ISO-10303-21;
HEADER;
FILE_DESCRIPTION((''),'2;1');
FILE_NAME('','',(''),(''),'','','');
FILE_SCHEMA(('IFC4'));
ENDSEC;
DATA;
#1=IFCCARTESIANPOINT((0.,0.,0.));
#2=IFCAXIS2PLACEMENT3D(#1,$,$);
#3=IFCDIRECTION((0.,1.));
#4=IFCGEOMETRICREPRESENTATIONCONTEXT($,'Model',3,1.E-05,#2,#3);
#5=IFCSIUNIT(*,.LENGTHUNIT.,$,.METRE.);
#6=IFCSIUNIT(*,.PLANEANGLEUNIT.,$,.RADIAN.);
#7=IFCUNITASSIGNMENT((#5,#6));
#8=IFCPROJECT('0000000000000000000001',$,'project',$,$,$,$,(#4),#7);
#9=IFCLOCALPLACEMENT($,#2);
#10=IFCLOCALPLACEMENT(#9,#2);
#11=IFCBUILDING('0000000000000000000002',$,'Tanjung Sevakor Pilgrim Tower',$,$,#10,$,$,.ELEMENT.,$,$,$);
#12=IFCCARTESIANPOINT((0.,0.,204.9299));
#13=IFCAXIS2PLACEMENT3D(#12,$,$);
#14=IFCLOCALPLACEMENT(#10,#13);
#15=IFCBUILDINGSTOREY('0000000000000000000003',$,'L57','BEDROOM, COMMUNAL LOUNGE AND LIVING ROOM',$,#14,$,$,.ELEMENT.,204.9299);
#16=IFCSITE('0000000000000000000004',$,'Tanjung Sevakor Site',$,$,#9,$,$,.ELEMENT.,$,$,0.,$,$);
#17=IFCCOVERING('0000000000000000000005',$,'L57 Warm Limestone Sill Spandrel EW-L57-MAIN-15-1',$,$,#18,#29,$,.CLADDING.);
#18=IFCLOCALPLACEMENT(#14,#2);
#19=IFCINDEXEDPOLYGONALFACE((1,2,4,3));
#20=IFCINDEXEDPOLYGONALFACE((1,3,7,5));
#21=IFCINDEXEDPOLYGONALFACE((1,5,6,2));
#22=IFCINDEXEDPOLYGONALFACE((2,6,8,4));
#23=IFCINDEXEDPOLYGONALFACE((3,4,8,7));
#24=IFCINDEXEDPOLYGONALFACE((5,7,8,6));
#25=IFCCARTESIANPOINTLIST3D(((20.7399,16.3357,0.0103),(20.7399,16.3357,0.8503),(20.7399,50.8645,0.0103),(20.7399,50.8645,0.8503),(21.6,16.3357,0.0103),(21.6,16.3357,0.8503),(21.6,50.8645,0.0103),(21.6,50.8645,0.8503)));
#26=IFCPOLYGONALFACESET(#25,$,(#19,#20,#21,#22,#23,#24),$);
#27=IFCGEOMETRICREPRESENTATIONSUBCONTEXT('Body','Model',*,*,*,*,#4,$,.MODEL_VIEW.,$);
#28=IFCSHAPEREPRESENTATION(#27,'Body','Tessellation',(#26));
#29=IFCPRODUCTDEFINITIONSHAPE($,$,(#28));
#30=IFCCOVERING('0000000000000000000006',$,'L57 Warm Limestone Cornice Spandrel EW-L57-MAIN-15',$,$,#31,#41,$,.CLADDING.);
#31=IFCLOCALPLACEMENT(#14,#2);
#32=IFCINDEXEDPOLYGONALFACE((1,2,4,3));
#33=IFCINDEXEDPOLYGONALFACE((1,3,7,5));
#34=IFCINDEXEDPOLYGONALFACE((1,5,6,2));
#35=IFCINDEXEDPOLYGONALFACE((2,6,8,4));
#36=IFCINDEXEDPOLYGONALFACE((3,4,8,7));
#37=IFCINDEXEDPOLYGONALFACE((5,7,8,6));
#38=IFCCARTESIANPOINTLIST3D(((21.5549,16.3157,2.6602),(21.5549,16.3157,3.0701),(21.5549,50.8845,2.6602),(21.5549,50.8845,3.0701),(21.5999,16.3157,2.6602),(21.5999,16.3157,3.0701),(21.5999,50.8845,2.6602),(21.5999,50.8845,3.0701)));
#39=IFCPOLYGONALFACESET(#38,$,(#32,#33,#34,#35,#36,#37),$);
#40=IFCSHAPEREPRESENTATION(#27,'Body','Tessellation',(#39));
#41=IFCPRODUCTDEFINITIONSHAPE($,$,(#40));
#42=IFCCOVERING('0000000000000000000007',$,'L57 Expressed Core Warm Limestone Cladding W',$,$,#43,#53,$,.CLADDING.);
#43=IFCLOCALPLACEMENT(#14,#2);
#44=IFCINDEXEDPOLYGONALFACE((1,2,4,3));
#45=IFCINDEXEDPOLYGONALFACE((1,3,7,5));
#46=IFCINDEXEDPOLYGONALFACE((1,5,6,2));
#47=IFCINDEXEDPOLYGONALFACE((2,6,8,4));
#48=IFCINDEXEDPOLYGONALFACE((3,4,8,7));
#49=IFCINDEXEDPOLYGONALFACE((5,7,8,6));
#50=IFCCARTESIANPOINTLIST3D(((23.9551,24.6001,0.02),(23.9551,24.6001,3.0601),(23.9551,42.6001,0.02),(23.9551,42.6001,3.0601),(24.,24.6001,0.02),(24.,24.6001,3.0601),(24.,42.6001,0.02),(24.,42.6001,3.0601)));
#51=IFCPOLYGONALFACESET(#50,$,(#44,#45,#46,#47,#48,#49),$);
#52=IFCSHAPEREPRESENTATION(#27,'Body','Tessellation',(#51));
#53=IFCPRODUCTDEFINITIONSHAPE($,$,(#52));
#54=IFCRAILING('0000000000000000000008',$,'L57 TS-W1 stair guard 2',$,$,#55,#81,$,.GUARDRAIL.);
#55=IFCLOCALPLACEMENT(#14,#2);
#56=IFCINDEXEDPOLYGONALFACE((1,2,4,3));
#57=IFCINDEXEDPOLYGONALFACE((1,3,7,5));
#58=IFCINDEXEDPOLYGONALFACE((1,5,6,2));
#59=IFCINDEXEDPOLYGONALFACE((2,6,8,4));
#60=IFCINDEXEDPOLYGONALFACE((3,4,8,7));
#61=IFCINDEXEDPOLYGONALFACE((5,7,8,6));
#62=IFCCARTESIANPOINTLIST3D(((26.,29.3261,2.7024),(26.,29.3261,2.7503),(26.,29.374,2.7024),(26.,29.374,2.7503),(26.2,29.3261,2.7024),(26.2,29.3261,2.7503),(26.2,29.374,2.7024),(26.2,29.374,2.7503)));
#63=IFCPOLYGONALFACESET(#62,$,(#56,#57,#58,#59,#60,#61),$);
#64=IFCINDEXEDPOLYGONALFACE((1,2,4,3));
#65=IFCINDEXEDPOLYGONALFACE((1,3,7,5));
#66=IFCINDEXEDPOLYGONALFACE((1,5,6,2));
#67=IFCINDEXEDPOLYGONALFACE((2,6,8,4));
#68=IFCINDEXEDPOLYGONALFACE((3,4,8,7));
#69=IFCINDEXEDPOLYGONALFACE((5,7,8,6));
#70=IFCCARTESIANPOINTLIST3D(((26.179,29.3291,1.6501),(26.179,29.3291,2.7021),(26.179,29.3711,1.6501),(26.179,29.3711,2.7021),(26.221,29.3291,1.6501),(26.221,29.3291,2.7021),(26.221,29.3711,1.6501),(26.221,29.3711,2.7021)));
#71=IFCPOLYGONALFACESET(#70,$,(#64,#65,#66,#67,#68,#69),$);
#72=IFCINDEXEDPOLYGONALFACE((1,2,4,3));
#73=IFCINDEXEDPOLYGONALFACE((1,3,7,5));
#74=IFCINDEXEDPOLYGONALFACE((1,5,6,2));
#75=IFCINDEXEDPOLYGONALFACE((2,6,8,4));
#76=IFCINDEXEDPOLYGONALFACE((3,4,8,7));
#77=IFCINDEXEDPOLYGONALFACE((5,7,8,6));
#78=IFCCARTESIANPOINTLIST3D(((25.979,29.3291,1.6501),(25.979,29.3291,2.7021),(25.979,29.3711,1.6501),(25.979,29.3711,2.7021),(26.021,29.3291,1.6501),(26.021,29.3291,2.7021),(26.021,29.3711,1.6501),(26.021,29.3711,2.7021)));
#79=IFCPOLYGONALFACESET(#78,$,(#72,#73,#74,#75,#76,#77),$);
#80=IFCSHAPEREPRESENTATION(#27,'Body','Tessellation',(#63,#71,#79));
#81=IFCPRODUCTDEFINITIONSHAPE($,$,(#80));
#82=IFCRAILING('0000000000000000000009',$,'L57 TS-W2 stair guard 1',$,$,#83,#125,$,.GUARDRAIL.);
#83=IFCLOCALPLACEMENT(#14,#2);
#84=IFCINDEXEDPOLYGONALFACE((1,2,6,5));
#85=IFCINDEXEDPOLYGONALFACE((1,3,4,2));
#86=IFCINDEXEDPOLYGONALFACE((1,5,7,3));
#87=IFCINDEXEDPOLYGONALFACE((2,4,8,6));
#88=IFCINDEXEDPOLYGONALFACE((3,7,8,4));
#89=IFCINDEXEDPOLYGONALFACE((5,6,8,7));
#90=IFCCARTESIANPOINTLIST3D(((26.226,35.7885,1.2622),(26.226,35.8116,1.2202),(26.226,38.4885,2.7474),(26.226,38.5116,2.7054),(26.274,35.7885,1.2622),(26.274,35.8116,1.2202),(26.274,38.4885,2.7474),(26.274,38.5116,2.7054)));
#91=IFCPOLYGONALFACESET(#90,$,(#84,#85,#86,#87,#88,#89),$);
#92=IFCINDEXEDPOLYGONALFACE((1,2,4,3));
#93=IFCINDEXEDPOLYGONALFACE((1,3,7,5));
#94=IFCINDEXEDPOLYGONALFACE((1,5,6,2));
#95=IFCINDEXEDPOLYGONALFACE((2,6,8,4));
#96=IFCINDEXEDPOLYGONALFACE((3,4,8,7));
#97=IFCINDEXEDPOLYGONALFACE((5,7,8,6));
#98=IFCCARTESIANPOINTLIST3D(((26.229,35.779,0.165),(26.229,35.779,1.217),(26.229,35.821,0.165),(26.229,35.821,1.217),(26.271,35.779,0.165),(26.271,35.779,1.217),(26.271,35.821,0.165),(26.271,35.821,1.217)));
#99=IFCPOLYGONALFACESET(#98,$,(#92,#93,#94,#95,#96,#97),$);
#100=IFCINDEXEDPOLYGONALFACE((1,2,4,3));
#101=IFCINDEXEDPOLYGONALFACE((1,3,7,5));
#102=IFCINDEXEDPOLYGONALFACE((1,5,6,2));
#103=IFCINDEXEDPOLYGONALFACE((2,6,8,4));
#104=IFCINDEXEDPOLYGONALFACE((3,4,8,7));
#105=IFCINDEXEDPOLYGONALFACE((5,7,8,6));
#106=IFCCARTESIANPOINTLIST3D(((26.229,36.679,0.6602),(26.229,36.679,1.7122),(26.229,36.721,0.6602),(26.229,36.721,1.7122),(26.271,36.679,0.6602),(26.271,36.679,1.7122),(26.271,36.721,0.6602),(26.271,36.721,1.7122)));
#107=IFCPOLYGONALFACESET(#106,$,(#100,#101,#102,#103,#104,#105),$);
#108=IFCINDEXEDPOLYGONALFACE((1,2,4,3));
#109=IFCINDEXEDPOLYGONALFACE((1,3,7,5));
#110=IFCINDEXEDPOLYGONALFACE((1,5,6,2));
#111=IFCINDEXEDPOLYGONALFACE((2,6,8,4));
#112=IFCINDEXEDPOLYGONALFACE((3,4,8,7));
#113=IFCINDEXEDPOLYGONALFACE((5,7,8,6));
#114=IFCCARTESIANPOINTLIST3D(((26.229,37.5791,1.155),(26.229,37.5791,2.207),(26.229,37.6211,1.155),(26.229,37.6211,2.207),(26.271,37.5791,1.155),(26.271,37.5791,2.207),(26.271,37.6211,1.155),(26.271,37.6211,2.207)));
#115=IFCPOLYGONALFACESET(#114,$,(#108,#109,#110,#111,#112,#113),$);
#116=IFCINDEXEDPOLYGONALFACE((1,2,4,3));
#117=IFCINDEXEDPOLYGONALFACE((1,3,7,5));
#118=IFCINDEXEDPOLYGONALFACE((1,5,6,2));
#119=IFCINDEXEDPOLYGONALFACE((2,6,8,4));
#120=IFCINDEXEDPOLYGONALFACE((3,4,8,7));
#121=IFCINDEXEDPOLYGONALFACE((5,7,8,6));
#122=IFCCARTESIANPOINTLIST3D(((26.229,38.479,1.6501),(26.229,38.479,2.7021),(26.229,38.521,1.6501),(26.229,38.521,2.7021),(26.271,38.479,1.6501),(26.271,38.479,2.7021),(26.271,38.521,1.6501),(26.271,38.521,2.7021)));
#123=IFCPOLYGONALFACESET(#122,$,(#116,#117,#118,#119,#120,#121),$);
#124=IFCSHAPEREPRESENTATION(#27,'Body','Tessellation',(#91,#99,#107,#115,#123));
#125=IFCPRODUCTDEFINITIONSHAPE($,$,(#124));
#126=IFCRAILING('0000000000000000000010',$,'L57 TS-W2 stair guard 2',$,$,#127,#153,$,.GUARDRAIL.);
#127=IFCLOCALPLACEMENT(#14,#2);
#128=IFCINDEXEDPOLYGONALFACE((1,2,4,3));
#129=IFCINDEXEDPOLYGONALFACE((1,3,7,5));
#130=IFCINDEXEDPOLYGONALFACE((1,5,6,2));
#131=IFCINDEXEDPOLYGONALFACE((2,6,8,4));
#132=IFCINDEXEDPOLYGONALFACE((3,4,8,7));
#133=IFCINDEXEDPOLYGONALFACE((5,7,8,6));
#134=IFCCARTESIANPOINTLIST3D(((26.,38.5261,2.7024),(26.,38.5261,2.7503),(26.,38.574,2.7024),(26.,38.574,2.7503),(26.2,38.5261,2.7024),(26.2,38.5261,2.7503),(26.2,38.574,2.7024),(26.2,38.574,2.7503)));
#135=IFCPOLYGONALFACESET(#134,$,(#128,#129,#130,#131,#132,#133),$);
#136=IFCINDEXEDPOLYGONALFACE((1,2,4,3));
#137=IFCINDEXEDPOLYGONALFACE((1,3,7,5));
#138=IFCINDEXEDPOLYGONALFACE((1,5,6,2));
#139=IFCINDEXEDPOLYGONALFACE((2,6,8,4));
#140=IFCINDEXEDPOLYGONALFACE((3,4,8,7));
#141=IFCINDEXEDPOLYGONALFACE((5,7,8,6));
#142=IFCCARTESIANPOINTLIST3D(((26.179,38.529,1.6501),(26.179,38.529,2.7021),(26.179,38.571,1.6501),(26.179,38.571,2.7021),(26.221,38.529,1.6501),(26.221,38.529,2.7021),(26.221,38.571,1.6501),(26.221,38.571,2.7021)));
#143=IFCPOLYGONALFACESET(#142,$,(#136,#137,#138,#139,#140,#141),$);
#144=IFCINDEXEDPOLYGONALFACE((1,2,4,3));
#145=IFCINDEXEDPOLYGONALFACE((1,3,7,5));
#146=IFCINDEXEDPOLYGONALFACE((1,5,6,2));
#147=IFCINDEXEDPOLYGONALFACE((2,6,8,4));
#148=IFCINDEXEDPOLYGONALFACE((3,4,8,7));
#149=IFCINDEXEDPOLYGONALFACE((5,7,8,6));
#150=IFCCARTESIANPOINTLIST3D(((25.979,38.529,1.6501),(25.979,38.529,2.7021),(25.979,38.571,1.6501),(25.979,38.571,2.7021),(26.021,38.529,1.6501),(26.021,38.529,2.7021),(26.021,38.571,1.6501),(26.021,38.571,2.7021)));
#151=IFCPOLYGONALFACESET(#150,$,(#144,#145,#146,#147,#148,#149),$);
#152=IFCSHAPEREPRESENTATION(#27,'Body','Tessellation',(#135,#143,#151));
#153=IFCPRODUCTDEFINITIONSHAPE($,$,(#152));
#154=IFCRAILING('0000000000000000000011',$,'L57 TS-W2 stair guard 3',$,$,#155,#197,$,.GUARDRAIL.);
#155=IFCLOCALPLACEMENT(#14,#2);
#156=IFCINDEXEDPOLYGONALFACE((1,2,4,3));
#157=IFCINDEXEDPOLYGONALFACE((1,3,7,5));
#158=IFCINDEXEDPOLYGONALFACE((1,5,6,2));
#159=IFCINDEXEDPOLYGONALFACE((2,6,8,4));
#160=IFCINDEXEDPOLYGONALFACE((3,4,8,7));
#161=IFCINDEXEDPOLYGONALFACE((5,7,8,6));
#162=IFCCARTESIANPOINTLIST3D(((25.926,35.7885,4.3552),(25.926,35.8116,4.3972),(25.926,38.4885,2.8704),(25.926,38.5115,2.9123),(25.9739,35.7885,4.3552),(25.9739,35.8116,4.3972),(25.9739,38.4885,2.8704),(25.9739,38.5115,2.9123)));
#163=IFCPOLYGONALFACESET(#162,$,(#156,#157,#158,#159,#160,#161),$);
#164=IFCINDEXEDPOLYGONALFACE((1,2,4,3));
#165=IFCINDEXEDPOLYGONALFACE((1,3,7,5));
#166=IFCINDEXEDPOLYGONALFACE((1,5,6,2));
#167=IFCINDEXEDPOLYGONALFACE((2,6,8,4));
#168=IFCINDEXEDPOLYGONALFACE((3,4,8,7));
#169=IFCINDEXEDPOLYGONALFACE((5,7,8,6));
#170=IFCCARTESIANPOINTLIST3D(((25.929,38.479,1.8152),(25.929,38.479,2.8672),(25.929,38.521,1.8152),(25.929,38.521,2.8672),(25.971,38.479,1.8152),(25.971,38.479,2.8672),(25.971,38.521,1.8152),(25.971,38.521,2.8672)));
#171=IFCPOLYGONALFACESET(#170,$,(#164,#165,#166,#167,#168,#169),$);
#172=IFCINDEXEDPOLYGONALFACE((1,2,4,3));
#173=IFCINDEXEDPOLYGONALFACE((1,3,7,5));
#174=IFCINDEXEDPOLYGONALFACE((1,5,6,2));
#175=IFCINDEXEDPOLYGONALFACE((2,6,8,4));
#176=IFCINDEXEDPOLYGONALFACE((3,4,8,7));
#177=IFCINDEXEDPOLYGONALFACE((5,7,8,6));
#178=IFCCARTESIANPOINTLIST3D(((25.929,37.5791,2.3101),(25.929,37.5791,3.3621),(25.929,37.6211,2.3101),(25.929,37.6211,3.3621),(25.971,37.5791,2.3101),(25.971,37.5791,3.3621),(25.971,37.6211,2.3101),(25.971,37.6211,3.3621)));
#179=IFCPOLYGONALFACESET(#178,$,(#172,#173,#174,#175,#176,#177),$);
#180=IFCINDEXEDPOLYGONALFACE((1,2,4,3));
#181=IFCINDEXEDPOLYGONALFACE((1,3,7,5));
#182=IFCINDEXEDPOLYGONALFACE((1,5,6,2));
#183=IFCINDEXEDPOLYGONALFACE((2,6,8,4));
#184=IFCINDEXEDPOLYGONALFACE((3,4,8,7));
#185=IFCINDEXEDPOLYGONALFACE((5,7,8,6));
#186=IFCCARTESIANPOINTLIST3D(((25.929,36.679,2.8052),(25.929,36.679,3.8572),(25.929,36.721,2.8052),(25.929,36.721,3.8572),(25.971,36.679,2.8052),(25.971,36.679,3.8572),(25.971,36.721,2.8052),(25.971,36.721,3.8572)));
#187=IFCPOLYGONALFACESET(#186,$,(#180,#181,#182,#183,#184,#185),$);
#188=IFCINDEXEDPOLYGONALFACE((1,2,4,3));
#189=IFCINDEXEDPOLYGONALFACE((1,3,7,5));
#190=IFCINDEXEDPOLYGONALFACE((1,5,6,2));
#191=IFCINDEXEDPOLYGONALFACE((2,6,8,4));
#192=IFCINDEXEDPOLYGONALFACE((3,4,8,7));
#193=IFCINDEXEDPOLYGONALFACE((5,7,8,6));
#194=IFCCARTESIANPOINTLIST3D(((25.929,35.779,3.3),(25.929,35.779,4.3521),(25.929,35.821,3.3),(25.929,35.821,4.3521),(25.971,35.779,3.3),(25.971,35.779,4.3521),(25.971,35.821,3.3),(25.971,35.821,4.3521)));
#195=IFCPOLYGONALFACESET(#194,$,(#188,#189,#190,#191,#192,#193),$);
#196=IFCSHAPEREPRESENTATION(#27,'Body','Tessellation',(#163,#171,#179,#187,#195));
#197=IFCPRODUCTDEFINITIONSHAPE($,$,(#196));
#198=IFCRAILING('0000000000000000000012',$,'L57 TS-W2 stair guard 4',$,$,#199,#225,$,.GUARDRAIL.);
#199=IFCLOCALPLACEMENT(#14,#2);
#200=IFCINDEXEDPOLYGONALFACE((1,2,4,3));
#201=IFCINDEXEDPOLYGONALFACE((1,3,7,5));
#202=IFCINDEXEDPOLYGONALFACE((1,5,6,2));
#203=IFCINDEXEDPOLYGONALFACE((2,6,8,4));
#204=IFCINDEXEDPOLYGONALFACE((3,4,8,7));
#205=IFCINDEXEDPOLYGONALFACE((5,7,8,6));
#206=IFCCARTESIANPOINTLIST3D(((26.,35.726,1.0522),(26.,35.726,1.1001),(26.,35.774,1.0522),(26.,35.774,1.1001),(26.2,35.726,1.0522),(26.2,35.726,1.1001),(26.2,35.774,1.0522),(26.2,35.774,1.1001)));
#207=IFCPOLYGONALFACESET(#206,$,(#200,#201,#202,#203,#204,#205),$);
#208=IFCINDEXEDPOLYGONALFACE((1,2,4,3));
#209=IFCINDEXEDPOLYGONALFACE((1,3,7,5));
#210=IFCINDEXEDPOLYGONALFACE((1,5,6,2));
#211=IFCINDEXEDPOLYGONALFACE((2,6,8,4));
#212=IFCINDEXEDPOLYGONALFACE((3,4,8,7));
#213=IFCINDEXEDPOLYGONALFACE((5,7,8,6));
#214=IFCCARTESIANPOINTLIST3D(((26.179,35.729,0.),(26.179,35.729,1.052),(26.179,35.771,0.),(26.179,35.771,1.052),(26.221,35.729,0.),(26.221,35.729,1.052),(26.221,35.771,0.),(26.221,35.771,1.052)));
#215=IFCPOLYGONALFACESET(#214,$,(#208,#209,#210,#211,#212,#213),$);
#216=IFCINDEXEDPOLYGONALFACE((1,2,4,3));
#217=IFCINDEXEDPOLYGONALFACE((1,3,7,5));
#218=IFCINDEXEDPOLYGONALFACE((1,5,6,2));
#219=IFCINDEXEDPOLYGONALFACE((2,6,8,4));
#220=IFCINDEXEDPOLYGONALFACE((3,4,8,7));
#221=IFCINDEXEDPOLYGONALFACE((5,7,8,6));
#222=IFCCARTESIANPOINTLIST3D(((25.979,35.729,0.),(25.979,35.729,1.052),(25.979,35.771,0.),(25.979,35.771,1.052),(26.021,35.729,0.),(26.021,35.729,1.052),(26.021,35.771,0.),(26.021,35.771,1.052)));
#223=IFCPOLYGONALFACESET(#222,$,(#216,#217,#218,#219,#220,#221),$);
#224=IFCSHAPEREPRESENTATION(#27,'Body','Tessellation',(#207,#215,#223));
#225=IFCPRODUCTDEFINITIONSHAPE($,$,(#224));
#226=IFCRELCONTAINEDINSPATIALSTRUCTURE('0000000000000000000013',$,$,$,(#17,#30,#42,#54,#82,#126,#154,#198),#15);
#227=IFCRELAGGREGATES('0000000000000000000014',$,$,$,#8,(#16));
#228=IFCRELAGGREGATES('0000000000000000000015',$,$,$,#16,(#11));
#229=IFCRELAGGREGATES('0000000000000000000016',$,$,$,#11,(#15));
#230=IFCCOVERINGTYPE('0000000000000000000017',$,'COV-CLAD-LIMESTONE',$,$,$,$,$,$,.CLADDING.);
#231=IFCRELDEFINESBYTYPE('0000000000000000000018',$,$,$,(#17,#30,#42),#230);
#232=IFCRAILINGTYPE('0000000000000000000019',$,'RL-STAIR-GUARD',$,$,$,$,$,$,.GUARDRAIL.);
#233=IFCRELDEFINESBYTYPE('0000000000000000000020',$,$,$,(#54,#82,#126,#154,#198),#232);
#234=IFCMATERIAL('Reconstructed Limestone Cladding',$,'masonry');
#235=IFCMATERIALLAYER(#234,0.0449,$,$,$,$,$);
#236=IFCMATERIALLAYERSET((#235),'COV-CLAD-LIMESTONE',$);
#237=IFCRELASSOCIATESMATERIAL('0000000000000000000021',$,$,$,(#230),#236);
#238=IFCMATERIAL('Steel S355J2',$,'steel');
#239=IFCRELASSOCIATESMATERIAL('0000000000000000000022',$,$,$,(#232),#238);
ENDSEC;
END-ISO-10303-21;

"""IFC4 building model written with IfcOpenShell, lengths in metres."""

from ifc_helpers import new_model, si_unit, direction, frame, origin, origin_2d, place, context, subcontext, project, spatial, rectangle, extrude, material, layer, layer_set, type_object, element, save


model = new_model("IFC4")

# Units and contexts
model_context = context("Model", 3, precision=1e-05, world=origin(), true_north=direction((0.0, 1.0)))
body_context = subcontext(model_context, "Body", "Model", "MODEL_VIEW")
ifc_project = project(units=[si_unit("LENGTHUNIT", "METRE"), si_unit("PLANEANGLEUNIT", "RADIAN")], contexts=[model_context])

# Site, building, storey
site_placement = place(None, origin())
site = spatial("IfcSite", under=ifc_project, at=site_placement, Name="Tanjung Sevakor Site", CompositionType="ELEMENT", RefElevation=0.0)
building_placement = place(site_placement, origin())
building = spatial("IfcBuilding", under=site, at=building_placement, Name="Tanjung Sevakor Pilgrim Tower", CompositionType="ELEMENT")
storey_placement = place(building_placement, frame((0.0, 0.0, 204.9299)))
storey = spatial("IfcBuildingStorey", under=building, at=storey_placement, Name="L57", Description="BEDROOM, COMMUNAL LOUNGE AND LIVING ROOM", CompositionType="ELEMENT", Elevation=204.9299)

# Coverings
ifc_material_1 = material(Name="Reconstructed Limestone Cladding", Category="masonry")
ifc_layer_1 = layer(ifc_material_1, 0.0449)
ifc_layer_set_1 = layer_set([ifc_layer_1], Name="COV-CLAD-LIMESTONE")
covering_type = type_object("IfcCoveringType", Name="COV-CLAD-LIMESTONE", PredefinedType="CLADDING", material=ifc_layer_set_1)
covering_1_placement = place(storey_placement, frame((21.1699, 33.6001, 0.0103), z_axis=(0.0, 0.0, 1.0), x_axis=(0.0, -1.0, 0.0)))
element("IfcCovering", 1, at=covering_1_placement, inside=storey, type_object=covering_type, Name="L57 Warm Limestone Sill Spandrel EW-L57-MAIN-15-1", PredefinedType="CLADDING", context=body_context, shape_type="SweptSolid", body=[
    extrude(rectangle(XDim=34.5288, YDim=0.8601, at=origin_2d()), origin(), (0.0, 0.0, 1.0), 0.8401),
])
covering_2_placement = place(storey_placement, frame((21.5774, 33.6001, 2.6602), z_axis=(0.0, 0.0, 1.0), x_axis=(0.0, -1.0, 0.0)))
element("IfcCovering", 2, at=covering_2_placement, inside=storey, type_object=covering_type, Name="L57 Warm Limestone Cornice Spandrel EW-L57-MAIN-15", PredefinedType="CLADDING", context=body_context, shape_type="SweptSolid", body=[
    extrude(rectangle(XDim=34.5688, YDim=0.0449, at=origin_2d()), origin(), (0.0, 0.0, 1.0), 0.4099),
])
covering_3_placement = place(storey_placement, frame((23.9775, 33.6001, 0.02), z_axis=(0.0, 0.0, 1.0), x_axis=(1.0, 0.0, 0.0)))
element("IfcCovering", 3, at=covering_3_placement, inside=storey, type_object=covering_type, Name="L57 Expressed Core Warm Limestone Cladding W", PredefinedType="CLADDING", context=body_context, shape_type="SweptSolid", body=[
    extrude(rectangle(XDim=0.0449, YDim=18.0, at=origin_2d()), origin(), (0.0, 0.0, 1.0), 3.04),
])

# Railings
ifc_material_2 = material(Name="Steel S355J2", Category="steel")
railing_type_1 = type_object("IfcRailingType", Name="RL-STAIR-GUARD", PredefinedType="GUARDRAIL", material=ifc_material_2)
railing_1_placement = place(storey_placement, frame((26.2, 29.3501, 1.6501)))
element("IfcRailing", 4, at=railing_1_placement, inside=storey, type_object=railing_type_1, Name="L57 TS-W1 stair guard 2", PredefinedType="GUARDRAIL", context=body_context, shape_type="SweptSolid", body=[
    extrude(rectangle(XDim=0.0479, YDim=0.0479), frame((0.0, 0.0, 1.0762), z_axis=(-1.0, 0.0, 0.0), x_axis=(0.0, -1.0, 0.0)), (0.0, 0.0, 1.0), 0.2),
    extrude(rectangle(XDim=0.042, YDim=0.042), origin(), (0.0, 0.0, 1.0), 1.052),
    extrude(rectangle(XDim=0.042, YDim=0.042), frame((-0.2, 0.0, 0.0)), (0.0, 0.0, 1.0), 1.052),
])
railing_2_placement = place(storey_placement, frame((26.25, 35.8, 0.165)))
element("IfcRailing", 5, at=railing_2_placement, inside=storey, type_object=railing_type_1, Name="L57 TS-W2 stair guard 1", PredefinedType="GUARDRAIL", context=body_context, shape_type="SweptSolid", body=[
    extrude(rectangle(XDim=0.0479, YDim=0.0479), frame((0.0, 0.0, 1.0762), z_axis=(0.0, 0.876198, 0.481952), x_axis=(-1.0, 0.0, 0.0)), (0.0, 0.0, 1.0), 3.0815),
    extrude(rectangle(XDim=0.042, YDim=0.042), origin(), (0.0, 0.0, 1.0), 1.052),
    extrude(rectangle(XDim=0.042, YDim=0.042), frame((0.0, 0.8999, 0.4951)), (0.0, 0.0, 1.0), 1.052),
    extrude(rectangle(XDim=0.042, YDim=0.042), frame((0.0, 1.8, 0.99)), (0.0, 0.0, 1.0), 1.052),
    extrude(rectangle(XDim=0.042, YDim=0.042), frame((0.0, 2.7, 1.4851)), (0.0, 0.0, 1.0), 1.052),
])
railing_3_placement = place(storey_placement, frame((26.2, 38.55, 1.6501)))
element("IfcRailing", 6, at=railing_3_placement, inside=storey, type_object=railing_type_1, Name="L57 TS-W2 stair guard 2", PredefinedType="GUARDRAIL", context=body_context, shape_type="SweptSolid", body=[
    extrude(rectangle(XDim=0.0479, YDim=0.0479), frame((0.0, 0.0, 1.0762), z_axis=(-1.0, 0.0, 0.0), x_axis=(0.0, -1.0, 0.0)), (0.0, 0.0, 1.0), 0.2),
    extrude(rectangle(XDim=0.042, YDim=0.042), origin(), (0.0, 0.0, 1.0), 1.052),
    extrude(rectangle(XDim=0.042, YDim=0.042), frame((-0.2, 0.0, 0.0)), (0.0, 0.0, 1.0), 1.052),
])
railing_4_placement = place(storey_placement, frame((25.95, 38.5, 1.8152)))
element("IfcRailing", 7, at=railing_4_placement, inside=storey, type_object=railing_type_1, Name="L57 TS-W2 stair guard 3", PredefinedType="GUARDRAIL", context=body_context, shape_type="SweptSolid", body=[
    extrude(rectangle(XDim=0.0479, YDim=0.0479), frame((0.0, 0.0, 1.0762), z_axis=(0.0, -0.876231, 0.481891), x_axis=(1.0, 0.0, 0.0)), (0.0, 0.0, 1.0), 3.0813),
    extrude(rectangle(XDim=0.042, YDim=0.042), origin(), (0.0, 0.0, 1.0), 1.052),
    extrude(rectangle(XDim=0.042, YDim=0.042), frame((0.0, -0.8999, 0.4949)), (0.0, 0.0, 1.0), 1.052),
    extrude(rectangle(XDim=0.042, YDim=0.042), frame((0.0, -1.8, 0.99)), (0.0, 0.0, 1.0), 1.052),
    extrude(rectangle(XDim=0.042, YDim=0.042), frame((0.0, -2.7, 1.4849)), (0.0, 0.0, 1.0), 1.052),
])
railing_5_placement = place(storey_placement, frame((26.2, 35.75, 0.0)))
element("IfcRailing", 8, at=railing_5_placement, inside=storey, type_object=railing_type_1, Name="L57 TS-W2 stair guard 4", PredefinedType="GUARDRAIL", context=body_context, shape_type="SweptSolid", body=[
    extrude(rectangle(XDim=0.0479, YDim=0.0479), frame((0.0, 0.0, 1.0762), z_axis=(-1.0, 0.0, 0.0), x_axis=(0.0, -1.0, 0.0)), (0.0, 0.0, 1.0), 0.2),
    extrude(rectangle(XDim=0.042, YDim=0.042), origin(), (0.0, 0.0, 1.0), 1.052),
    extrude(rectangle(XDim=0.042, YDim=0.042), frame((-0.2, 0.0, 0.0)), (0.0, 0.0, 1.0), 1.052),
])

save(model, "model.ifc")
